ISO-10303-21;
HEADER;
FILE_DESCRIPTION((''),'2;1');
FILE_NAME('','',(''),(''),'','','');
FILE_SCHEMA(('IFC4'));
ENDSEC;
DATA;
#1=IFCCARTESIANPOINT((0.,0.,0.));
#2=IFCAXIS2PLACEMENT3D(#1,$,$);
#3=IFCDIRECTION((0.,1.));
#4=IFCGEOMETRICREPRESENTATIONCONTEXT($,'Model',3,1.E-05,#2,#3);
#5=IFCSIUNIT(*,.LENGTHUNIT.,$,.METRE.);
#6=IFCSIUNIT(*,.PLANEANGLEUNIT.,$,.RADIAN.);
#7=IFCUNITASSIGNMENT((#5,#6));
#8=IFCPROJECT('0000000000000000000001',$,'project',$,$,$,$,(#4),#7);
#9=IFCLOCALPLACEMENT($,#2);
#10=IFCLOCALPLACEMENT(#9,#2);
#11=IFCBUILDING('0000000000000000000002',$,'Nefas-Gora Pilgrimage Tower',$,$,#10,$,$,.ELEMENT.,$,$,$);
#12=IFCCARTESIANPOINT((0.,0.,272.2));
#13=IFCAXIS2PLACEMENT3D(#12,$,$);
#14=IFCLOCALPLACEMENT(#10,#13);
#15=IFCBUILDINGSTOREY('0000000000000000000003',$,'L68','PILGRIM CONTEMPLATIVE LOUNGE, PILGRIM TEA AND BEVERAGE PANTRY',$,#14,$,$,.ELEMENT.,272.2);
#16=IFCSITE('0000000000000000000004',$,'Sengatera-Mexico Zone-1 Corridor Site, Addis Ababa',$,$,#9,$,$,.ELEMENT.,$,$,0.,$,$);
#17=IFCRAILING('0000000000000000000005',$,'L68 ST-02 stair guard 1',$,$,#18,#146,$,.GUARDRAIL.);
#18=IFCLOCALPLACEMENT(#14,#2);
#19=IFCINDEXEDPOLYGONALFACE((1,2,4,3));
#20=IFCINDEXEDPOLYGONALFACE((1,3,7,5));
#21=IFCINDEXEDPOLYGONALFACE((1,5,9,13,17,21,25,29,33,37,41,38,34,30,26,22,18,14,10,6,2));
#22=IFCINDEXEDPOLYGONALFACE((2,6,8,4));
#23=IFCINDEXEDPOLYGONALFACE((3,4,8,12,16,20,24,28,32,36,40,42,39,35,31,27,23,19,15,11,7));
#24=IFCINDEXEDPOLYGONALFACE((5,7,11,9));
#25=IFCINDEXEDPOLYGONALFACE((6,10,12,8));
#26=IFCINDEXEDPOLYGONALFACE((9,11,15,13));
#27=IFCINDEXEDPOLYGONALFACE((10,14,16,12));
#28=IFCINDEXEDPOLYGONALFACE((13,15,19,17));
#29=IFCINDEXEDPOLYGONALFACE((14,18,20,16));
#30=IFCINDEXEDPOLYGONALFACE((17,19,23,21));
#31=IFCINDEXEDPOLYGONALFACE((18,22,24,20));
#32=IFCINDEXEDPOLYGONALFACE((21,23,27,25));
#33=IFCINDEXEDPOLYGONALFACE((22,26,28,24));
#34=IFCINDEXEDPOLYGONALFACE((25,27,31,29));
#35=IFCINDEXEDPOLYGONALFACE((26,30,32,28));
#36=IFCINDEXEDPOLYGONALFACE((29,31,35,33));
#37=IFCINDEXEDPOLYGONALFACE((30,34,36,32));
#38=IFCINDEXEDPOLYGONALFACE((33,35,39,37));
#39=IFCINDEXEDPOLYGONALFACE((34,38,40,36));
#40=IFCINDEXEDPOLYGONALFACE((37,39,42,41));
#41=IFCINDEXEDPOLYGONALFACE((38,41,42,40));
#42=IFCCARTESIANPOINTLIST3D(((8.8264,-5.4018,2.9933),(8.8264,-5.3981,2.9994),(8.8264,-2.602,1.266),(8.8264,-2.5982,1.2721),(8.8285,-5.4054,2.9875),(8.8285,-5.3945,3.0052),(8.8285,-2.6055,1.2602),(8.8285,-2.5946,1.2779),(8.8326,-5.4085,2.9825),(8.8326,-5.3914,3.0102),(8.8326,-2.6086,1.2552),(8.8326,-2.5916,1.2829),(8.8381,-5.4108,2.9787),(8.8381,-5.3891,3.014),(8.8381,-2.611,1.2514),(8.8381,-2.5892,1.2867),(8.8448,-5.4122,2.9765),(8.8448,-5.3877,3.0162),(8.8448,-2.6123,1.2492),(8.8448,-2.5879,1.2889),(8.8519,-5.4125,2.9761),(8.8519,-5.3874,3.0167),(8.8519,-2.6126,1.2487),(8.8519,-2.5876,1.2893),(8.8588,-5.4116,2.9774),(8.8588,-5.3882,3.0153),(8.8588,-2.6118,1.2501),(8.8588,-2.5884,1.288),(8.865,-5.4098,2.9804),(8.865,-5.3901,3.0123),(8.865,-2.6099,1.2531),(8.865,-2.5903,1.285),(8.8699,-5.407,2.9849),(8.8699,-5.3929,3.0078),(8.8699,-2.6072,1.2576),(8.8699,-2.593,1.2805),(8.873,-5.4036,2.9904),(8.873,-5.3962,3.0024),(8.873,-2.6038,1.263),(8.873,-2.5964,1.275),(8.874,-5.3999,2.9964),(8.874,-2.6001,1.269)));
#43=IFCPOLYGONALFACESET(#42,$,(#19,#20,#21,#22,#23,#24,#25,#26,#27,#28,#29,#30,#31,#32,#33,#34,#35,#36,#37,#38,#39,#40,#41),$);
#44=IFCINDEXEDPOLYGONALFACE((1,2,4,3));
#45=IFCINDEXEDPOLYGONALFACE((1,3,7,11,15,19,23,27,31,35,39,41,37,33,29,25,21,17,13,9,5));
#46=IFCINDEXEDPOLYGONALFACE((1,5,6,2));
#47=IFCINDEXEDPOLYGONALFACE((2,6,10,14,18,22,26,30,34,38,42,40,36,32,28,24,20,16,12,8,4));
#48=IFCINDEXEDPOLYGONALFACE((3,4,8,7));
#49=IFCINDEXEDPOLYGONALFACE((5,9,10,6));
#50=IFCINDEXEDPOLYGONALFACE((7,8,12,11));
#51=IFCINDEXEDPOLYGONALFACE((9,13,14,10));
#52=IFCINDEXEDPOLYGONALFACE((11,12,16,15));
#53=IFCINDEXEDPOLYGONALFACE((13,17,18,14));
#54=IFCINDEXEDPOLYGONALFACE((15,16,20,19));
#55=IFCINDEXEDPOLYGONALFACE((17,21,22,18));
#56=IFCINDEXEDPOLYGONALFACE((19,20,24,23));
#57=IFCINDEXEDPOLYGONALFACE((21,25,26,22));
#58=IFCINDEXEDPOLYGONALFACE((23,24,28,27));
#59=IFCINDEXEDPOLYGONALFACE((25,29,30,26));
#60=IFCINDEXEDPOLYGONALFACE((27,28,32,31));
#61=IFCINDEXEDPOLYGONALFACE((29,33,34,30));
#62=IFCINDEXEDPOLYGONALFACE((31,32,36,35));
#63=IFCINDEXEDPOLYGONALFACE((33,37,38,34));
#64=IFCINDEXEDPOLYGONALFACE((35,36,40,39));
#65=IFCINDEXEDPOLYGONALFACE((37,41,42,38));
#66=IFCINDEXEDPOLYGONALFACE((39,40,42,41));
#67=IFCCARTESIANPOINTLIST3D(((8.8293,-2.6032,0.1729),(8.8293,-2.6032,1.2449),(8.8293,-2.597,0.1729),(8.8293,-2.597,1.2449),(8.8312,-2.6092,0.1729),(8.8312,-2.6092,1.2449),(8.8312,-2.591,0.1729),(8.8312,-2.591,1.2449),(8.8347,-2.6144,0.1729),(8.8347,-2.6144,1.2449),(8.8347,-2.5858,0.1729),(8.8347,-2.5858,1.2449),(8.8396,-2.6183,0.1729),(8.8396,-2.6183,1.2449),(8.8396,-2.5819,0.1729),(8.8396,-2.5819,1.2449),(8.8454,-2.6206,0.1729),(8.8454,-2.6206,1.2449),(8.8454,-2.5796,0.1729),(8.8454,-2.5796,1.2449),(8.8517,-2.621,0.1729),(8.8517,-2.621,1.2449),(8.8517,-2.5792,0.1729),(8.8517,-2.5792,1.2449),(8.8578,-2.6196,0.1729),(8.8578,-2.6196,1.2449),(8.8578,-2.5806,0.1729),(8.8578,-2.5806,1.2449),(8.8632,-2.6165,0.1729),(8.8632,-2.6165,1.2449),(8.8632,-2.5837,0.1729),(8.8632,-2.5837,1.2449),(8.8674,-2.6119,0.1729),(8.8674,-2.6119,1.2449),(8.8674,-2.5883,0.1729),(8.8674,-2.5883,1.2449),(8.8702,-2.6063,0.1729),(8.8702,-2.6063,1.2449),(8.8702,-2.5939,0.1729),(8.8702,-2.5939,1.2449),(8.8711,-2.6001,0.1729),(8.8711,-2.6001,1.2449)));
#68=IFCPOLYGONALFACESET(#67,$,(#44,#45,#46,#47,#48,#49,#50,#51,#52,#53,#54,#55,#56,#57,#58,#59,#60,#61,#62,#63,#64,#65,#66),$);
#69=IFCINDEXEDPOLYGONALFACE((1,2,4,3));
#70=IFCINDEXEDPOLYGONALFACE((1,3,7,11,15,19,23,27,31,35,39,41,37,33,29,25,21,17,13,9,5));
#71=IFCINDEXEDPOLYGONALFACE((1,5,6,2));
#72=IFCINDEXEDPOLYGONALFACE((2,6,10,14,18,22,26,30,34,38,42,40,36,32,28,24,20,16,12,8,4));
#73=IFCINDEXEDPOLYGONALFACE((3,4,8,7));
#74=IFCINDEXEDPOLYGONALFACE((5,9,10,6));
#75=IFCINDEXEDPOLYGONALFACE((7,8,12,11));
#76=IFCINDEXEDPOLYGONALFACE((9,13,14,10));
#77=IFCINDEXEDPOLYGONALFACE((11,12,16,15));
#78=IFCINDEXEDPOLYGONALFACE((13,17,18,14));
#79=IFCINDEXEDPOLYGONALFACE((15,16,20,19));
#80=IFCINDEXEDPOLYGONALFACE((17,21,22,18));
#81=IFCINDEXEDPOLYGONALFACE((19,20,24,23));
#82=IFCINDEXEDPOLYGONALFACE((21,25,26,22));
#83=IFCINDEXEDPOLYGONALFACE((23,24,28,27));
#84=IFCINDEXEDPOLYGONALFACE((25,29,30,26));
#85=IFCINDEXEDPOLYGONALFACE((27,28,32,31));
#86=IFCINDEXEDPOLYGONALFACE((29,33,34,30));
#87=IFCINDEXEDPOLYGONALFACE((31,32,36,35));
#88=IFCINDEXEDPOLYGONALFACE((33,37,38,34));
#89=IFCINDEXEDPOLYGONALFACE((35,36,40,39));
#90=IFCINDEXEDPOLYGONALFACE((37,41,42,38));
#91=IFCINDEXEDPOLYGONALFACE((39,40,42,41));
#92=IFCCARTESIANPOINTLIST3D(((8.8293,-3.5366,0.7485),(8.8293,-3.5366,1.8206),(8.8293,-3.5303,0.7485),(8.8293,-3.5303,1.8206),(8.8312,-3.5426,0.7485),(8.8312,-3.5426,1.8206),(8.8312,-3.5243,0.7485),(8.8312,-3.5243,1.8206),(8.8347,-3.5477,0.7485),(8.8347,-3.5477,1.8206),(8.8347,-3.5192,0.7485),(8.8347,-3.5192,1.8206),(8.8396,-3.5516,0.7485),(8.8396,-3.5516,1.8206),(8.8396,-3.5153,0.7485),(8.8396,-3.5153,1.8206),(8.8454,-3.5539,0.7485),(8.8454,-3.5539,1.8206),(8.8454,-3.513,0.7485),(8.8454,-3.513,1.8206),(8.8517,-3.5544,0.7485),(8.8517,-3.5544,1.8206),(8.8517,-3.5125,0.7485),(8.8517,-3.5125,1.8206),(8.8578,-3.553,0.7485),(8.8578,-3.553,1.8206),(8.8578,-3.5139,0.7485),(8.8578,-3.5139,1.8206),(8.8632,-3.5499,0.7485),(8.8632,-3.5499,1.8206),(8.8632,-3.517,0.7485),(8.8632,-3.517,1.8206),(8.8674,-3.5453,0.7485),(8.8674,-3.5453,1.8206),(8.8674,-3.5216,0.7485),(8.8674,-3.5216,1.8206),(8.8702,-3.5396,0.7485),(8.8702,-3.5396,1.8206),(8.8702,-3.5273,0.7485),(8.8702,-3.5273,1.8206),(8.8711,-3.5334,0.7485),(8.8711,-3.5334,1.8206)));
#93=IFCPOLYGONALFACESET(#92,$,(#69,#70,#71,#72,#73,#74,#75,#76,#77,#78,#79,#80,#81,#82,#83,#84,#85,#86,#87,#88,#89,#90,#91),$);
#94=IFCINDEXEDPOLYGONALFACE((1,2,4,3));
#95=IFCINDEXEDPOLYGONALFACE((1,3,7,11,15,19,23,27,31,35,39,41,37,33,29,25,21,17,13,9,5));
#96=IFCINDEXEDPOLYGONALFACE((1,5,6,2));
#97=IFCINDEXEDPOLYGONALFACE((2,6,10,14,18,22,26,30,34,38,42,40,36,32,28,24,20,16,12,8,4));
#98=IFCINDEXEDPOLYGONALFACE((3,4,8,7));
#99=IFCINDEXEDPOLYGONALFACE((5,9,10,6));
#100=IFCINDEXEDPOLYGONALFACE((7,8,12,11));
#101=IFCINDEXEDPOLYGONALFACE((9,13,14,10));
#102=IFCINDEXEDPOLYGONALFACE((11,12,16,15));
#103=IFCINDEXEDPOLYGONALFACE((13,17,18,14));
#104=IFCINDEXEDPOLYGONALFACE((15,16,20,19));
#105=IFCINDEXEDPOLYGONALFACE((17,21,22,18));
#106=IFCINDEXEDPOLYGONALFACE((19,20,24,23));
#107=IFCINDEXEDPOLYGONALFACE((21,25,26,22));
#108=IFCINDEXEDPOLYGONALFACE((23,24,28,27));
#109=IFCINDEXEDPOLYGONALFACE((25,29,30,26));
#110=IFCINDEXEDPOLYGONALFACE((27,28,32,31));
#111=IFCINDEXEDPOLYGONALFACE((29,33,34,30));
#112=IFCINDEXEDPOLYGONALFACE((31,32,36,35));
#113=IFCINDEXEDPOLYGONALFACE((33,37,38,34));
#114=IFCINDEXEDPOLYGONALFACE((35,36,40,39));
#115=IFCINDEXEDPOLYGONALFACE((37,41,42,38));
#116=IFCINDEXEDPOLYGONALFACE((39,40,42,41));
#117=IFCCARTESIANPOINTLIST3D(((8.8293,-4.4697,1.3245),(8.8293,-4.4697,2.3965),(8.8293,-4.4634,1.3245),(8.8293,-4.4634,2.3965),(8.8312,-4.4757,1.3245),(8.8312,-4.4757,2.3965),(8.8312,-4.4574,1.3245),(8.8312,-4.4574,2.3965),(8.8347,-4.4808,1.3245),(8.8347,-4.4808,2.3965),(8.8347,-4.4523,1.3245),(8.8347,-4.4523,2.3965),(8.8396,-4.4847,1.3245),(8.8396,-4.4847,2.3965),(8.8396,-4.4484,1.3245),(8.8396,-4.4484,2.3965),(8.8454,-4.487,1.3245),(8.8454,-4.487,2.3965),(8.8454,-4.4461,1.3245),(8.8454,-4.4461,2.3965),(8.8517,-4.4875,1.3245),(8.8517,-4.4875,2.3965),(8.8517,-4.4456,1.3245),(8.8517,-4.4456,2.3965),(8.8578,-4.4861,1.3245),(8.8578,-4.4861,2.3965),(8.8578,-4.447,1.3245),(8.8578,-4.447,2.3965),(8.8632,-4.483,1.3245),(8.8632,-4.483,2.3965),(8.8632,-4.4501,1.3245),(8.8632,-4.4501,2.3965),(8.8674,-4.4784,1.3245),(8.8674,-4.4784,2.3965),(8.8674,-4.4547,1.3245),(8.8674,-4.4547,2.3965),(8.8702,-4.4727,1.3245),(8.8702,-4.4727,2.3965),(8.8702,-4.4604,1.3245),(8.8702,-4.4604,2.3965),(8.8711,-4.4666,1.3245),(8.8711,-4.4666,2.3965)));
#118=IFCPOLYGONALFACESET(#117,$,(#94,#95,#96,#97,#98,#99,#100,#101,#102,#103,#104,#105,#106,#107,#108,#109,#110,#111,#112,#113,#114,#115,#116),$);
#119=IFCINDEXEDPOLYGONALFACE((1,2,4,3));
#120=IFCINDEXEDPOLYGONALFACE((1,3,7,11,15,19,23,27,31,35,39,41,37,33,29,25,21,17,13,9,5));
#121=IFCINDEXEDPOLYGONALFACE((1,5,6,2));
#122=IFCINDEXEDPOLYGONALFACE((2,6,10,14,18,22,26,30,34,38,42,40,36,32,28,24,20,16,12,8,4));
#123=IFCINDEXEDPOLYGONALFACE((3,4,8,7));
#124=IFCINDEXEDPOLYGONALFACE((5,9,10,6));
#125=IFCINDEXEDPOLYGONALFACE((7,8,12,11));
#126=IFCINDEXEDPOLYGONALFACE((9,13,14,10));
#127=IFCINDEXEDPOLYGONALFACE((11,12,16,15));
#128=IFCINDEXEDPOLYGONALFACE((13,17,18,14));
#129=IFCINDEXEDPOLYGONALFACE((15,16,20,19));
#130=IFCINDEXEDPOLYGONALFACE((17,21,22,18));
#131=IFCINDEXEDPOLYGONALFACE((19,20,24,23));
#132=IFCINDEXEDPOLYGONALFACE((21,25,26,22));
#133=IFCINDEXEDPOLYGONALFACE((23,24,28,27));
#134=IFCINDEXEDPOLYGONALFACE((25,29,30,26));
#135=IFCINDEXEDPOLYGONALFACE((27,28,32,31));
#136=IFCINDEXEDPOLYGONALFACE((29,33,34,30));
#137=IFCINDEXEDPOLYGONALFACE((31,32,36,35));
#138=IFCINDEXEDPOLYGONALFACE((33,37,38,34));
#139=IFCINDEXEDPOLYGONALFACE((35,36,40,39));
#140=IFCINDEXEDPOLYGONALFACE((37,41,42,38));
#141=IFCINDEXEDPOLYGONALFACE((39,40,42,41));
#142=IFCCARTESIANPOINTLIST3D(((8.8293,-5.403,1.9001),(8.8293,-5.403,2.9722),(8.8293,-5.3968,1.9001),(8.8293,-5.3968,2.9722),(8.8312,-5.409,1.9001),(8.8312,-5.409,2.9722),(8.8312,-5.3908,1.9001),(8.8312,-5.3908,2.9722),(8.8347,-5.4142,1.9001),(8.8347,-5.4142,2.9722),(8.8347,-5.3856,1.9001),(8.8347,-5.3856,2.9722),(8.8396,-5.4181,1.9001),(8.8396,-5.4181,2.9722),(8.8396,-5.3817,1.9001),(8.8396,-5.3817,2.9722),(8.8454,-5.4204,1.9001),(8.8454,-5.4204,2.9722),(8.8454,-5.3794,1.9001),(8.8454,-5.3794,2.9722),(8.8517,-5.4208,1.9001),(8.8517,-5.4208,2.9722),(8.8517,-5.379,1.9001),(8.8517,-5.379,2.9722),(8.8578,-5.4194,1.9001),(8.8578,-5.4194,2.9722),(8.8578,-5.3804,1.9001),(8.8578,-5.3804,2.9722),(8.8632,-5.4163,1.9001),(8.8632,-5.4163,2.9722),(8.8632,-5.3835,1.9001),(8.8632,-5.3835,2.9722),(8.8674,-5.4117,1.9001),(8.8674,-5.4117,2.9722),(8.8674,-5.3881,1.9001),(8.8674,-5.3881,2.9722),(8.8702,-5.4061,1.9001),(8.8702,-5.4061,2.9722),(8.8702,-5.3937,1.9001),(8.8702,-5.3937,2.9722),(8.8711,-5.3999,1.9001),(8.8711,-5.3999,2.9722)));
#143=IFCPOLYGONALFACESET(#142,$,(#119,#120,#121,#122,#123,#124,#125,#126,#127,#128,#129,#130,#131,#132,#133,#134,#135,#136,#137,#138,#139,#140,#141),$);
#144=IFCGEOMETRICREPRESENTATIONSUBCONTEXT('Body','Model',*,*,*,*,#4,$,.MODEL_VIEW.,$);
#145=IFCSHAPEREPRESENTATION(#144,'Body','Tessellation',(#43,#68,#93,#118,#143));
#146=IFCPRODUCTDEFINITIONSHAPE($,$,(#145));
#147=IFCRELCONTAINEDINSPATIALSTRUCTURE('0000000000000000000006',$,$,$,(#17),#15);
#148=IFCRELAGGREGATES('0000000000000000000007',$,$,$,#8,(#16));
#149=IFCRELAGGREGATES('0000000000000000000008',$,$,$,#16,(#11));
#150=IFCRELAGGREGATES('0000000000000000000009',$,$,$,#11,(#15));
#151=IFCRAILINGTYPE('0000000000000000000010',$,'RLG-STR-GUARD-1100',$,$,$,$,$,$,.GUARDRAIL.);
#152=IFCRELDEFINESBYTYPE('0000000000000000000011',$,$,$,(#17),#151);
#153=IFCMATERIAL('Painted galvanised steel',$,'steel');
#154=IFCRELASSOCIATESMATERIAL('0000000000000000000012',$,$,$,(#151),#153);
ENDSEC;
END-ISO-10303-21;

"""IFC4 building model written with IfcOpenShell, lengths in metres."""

from ifc_helpers import new_model, si_unit, direction, frame, origin, origin_2d, place, context, subcontext, project, spatial, circle, extrude, material, type_object, element, save


model = new_model("IFC4")

# Units and contexts
model_context = context("Model", 3, precision=1e-05, world=origin(), true_north=direction((0.0, 1.0)))
body_context = subcontext(model_context, "Body", "Model", "MODEL_VIEW")
ifc_project = project(units=[si_unit("LENGTHUNIT", "METRE"), si_unit("PLANEANGLEUNIT", "RADIAN")], contexts=[model_context])

# Site, building, storey
site_placement = place(None, origin())
site = spatial("IfcSite", under=ifc_project, at=site_placement, Name="Sengatera-Mexico Zone-1 Corridor Site, Addis Ababa", CompositionType="ELEMENT", RefElevation=0.0)
building_placement = place(site_placement, origin())
building = spatial("IfcBuilding", under=site, at=building_placement, Name="Nefas-Gora Pilgrimage Tower", CompositionType="ELEMENT")
storey_placement = place(building_placement, frame((0.0, 0.0, 272.2)))
storey = spatial("IfcBuildingStorey", under=building, at=storey_placement, Name="L68", Description="PILGRIM CONTEMPLATIVE LOUNGE, PILGRIM TEA AND BEVERAGE PANTRY", CompositionType="ELEMENT", Elevation=272.2)

# Railing
ifc_material_1 = material(Name="Painted galvanised steel", Category="steel")
railing_type_1 = type_object("IfcRailingType", Name="RLG-STR-GUARD-1100", PredefinedType="GUARDRAIL", material=ifc_material_1)
railing_1_placement = place(storey_placement, frame((8.8501, -2.6001, 0.1729)))
element("IfcRailing", 1, at=railing_1_placement, inside=storey, type_object=railing_type_1, Name="L68 ST-02 stair guard 1", PredefinedType="GUARDRAIL", context=body_context, shape_type="SweptSolid", body=[
    extrude(circle(Radius=0.0239, at=origin_2d()), frame((0.0, 0.0, 1.0962), z_axis=(0.0, -0.851069, 0.525054), x_axis=(1.0, 0.0, 0.0)), (0.0, 0.0, 1.0), 3.2898),
    extrude(circle(Radius=0.021, at=origin_2d()), origin(), (0.0, 0.0, 1.0), 1.072),
    extrude(circle(Radius=0.021, at=origin_2d()), frame((0.0, -0.9333, 0.5757)), (0.0, 0.0, 1.0), 1.072),
    extrude(circle(Radius=0.021, at=origin_2d()), frame((0.0, -1.8665, 1.1516)), (0.0, 0.0, 1.0), 1.072),
    extrude(circle(Radius=0.021, at=origin_2d()), frame((0.0, -2.7998, 1.7273)), (0.0, 0.0, 1.0), 1.072),
])

save(model, "model.ifc")
